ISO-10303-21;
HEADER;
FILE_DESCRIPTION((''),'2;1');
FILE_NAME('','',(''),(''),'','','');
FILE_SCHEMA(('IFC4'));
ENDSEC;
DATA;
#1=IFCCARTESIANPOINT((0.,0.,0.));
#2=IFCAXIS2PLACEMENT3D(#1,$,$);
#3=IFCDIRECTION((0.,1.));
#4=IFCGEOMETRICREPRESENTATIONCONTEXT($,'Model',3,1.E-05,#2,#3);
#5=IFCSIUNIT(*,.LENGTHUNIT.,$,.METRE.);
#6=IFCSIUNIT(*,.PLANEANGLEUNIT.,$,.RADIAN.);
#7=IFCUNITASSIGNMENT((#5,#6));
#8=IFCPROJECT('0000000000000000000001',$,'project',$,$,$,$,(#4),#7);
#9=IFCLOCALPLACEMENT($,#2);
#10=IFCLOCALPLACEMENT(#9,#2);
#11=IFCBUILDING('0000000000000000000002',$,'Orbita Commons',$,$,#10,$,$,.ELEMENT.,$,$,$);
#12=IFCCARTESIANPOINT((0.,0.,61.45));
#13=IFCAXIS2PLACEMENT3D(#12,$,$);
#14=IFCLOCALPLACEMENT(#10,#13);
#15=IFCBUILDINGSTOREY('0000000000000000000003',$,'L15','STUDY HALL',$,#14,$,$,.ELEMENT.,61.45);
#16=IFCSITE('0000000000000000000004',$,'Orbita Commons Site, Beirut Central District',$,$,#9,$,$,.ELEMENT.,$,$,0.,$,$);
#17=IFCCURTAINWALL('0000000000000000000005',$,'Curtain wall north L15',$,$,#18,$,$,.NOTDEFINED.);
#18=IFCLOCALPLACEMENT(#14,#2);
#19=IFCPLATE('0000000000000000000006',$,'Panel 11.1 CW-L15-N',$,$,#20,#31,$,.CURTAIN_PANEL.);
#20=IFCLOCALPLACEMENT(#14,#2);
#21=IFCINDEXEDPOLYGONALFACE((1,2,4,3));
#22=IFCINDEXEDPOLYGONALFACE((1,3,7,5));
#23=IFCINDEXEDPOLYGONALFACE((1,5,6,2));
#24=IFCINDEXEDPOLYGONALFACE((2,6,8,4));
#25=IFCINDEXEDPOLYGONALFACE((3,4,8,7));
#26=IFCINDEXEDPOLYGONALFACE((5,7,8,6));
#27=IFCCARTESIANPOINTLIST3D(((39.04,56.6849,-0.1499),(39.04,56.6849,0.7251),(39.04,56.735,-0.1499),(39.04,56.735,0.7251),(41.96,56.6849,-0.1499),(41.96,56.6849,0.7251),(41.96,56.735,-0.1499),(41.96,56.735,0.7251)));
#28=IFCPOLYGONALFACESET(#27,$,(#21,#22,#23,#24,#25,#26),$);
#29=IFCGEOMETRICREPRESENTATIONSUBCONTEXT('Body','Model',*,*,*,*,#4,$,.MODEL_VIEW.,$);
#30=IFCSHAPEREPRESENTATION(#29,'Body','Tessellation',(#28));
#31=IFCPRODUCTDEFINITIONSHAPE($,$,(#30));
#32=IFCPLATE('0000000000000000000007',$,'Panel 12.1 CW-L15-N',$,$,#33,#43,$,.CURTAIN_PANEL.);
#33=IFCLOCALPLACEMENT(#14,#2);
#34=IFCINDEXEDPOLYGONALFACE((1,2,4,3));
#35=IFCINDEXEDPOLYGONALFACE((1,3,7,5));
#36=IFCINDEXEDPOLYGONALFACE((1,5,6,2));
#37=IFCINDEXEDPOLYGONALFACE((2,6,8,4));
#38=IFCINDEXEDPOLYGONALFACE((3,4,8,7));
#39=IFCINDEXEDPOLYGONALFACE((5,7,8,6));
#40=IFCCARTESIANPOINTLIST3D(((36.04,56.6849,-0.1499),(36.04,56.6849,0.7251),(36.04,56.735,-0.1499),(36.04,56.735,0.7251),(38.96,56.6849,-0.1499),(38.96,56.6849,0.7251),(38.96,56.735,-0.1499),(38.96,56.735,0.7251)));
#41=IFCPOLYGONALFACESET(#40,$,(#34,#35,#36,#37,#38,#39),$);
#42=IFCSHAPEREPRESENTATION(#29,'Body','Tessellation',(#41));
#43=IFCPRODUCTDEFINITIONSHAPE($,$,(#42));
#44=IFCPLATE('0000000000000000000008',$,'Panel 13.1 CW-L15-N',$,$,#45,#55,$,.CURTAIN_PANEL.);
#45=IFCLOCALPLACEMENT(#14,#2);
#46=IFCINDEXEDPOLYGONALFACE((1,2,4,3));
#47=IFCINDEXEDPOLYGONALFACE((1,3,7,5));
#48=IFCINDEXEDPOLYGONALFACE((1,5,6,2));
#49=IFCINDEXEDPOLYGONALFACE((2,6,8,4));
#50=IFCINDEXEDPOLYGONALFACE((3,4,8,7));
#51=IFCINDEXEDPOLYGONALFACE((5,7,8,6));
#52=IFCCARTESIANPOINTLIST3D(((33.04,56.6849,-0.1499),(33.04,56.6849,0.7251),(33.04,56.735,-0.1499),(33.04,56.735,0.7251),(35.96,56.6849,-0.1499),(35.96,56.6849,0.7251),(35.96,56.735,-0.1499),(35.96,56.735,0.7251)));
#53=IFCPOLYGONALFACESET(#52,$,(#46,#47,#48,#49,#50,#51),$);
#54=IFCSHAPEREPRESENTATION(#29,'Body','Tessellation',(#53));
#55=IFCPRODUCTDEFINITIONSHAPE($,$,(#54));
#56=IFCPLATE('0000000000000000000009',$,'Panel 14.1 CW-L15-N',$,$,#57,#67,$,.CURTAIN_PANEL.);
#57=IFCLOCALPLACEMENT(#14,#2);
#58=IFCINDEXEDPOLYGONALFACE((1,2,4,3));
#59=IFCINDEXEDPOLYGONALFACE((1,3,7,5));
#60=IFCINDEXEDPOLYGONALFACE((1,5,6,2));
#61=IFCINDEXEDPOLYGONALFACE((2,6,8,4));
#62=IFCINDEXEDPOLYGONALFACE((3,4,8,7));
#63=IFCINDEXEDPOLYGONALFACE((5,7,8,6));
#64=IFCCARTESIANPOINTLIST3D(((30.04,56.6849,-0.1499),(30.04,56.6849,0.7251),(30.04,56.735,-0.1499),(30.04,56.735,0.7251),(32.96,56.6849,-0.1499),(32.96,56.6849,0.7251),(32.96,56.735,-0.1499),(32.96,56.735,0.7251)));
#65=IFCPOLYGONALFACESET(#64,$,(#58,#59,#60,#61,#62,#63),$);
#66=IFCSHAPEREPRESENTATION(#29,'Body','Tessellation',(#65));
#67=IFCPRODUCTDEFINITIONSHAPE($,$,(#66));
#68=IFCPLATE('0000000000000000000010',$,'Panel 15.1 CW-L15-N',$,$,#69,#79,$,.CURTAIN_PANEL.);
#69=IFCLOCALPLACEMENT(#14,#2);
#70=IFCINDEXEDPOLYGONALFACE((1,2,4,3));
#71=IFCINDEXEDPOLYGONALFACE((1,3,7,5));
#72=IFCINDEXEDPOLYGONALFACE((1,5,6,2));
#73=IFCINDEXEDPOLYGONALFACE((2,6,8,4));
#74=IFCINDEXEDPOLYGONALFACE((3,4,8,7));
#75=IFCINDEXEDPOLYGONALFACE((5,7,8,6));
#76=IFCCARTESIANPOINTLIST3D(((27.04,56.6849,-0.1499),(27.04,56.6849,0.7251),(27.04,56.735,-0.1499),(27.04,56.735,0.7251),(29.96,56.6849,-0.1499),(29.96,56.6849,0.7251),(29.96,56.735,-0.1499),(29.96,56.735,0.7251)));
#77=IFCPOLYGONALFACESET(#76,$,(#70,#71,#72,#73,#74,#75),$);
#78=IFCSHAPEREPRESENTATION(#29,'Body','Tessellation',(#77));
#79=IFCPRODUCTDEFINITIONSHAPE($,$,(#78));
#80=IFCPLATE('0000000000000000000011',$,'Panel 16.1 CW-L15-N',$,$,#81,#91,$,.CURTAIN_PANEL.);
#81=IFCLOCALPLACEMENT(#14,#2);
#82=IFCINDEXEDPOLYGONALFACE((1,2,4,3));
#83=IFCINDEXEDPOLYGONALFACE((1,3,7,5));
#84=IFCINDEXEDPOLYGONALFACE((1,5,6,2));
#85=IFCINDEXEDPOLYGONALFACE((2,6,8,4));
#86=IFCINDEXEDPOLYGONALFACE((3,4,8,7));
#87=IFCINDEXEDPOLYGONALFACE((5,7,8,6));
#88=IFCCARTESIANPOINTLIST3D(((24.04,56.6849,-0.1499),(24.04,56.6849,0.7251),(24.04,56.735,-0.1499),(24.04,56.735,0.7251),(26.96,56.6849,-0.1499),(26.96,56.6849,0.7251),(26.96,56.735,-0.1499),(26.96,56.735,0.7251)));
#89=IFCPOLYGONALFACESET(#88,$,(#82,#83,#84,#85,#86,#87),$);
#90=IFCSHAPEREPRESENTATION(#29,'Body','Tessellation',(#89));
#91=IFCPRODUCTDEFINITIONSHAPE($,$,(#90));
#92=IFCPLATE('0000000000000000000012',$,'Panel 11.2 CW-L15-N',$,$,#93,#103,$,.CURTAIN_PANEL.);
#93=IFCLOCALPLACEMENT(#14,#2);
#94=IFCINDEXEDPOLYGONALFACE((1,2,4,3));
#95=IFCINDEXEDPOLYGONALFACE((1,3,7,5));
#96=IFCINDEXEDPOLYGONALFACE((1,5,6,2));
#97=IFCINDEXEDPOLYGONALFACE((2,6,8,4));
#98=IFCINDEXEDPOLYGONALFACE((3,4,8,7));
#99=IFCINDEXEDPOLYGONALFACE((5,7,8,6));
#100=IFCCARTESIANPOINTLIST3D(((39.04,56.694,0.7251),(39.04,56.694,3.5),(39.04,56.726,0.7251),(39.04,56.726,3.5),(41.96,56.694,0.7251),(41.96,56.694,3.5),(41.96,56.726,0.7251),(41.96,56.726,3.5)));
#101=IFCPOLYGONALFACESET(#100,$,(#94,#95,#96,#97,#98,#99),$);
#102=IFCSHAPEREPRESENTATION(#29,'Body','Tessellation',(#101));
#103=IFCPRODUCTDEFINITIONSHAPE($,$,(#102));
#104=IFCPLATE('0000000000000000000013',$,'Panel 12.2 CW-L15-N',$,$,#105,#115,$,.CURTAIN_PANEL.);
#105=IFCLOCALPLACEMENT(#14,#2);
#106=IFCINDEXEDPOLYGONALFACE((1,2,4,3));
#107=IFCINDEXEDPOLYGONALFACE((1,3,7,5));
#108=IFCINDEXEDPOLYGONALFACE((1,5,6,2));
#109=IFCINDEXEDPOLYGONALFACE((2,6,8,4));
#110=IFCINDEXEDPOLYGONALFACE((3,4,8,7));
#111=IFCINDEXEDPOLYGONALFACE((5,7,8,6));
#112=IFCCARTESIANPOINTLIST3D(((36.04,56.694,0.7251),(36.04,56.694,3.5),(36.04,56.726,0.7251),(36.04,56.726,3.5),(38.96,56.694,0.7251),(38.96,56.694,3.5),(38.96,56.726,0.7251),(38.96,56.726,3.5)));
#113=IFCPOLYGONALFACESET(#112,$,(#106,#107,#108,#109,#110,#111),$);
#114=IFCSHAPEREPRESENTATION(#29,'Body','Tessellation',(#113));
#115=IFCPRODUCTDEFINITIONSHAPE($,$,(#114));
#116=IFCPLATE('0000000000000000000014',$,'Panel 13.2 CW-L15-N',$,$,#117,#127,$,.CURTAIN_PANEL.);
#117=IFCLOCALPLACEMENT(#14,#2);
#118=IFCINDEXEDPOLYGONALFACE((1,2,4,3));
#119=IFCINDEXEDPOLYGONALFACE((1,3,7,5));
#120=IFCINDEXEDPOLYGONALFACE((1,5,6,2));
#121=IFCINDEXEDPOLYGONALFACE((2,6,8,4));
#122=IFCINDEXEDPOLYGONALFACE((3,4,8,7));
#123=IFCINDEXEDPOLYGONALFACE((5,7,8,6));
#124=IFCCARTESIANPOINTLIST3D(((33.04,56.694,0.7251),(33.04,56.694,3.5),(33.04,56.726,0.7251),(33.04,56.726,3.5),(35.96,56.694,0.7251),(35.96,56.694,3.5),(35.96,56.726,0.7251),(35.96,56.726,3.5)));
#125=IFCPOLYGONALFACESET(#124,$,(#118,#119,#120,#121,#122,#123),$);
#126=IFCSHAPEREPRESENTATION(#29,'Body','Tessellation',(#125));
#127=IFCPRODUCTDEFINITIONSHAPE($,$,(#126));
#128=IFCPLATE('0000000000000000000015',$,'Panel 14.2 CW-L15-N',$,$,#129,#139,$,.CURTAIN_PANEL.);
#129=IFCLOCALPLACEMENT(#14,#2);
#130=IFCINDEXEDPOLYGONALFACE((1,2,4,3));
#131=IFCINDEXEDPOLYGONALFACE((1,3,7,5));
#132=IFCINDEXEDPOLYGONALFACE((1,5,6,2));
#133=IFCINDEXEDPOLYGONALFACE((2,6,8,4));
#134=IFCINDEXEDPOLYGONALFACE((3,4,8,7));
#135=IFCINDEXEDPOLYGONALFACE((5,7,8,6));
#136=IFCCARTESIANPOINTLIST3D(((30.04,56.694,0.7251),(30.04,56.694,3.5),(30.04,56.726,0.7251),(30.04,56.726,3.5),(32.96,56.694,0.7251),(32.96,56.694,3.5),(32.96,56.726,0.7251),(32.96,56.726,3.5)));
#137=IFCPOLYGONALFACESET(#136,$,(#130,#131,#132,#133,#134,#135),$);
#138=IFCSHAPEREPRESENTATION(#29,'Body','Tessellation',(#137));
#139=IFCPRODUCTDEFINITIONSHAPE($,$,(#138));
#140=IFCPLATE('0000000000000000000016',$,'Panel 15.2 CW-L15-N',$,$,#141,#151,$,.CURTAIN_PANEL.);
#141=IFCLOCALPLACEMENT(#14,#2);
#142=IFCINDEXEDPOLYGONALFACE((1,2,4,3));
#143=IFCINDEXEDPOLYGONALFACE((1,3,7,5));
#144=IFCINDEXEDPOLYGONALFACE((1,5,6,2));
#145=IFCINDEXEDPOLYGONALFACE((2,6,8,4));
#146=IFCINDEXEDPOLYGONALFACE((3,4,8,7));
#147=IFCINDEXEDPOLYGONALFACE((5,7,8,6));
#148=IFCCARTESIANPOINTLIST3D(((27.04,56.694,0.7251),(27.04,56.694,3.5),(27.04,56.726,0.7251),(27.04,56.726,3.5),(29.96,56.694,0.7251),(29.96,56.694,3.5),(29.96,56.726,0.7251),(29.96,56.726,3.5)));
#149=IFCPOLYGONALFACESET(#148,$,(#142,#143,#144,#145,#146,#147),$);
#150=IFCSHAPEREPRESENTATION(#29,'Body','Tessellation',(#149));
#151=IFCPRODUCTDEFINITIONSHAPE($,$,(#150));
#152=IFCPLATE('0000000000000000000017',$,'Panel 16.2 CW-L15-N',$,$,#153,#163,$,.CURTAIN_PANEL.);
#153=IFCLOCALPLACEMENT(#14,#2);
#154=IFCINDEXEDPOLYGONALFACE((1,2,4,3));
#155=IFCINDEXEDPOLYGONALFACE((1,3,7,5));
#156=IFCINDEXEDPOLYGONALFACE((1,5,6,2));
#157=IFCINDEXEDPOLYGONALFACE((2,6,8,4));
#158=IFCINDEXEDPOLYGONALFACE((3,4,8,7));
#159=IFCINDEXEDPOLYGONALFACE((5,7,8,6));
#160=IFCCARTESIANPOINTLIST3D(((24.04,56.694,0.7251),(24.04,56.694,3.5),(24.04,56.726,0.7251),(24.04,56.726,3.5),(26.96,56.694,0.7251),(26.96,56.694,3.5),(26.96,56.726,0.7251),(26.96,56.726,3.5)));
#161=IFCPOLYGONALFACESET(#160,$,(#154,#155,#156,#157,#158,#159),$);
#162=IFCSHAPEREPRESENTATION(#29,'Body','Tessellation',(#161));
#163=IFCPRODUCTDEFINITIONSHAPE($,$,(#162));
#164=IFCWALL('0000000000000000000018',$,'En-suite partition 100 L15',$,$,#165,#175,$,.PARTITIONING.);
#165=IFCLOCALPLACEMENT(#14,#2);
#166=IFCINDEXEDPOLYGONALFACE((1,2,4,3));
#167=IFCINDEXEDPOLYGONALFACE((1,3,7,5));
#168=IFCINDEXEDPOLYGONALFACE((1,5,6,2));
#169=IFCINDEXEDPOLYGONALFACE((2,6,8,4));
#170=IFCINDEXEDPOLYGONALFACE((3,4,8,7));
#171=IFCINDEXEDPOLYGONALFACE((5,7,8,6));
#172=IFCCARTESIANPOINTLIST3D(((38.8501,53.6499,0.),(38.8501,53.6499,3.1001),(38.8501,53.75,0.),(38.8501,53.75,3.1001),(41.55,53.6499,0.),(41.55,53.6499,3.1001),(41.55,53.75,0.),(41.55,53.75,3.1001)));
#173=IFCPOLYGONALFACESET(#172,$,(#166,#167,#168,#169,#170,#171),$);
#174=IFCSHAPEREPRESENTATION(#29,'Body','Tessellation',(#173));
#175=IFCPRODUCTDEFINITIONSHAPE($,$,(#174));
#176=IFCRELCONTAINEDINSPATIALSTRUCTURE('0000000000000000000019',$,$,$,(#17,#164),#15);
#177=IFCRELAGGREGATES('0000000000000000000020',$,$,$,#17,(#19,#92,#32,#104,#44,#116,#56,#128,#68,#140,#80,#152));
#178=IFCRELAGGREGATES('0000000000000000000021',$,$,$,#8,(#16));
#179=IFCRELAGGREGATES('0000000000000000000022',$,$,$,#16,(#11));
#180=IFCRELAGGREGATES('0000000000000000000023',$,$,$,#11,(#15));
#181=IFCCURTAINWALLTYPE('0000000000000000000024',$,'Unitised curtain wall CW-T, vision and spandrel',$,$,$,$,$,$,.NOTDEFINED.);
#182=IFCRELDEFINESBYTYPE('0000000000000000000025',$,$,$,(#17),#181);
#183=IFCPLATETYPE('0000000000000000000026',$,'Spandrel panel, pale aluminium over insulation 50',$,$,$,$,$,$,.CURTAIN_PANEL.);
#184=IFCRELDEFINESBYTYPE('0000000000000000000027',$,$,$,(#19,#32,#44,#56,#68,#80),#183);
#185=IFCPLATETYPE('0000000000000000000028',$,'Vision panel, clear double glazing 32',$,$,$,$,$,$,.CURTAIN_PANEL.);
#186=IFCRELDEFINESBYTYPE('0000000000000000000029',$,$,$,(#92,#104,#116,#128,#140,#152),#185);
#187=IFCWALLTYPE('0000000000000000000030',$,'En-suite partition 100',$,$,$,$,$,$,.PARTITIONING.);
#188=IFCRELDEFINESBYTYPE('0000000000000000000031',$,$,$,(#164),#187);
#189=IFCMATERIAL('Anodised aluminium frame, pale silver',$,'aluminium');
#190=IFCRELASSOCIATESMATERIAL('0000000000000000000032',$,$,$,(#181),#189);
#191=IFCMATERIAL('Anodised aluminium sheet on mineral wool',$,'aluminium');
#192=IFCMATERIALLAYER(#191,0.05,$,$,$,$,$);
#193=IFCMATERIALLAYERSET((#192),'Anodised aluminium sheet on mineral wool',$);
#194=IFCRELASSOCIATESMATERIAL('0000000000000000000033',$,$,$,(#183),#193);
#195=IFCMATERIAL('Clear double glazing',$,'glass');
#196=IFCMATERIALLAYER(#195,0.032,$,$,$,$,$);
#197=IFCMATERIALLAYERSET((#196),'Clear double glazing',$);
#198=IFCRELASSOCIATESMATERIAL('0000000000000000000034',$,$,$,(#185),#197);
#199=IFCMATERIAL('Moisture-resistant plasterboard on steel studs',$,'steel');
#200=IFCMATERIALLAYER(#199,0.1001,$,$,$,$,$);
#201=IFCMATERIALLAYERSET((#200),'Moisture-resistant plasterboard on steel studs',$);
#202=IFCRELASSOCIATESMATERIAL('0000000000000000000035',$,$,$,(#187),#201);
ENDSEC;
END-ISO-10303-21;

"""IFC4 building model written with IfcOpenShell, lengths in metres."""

from ifc_helpers import new_model, si_unit, direction, frame, origin, origin_2d, place, context, subcontext, project, spatial, polyline, rectangle, outline, extrude, material, layer, layer_set, type_object, element, aggregate, save


model = new_model("IFC4")

# Units and contexts
model_context = context("Model", 3, precision=1e-05, world=origin(), true_north=direction((0.0, 1.0)))
body_context = subcontext(model_context, "Body", "Model", "MODEL_VIEW")
ifc_project = project(units=[si_unit("LENGTHUNIT", "METRE"), si_unit("PLANEANGLEUNIT", "RADIAN")], contexts=[model_context])

# Site, building, storey
site_placement = place(None, origin())
site = spatial("IfcSite", under=ifc_project, at=site_placement, Name="Orbita Commons Site, Beirut Central District", CompositionType="ELEMENT", RefElevation=0.0)
building_placement = place(site_placement, origin())
building = spatial("IfcBuilding", under=site, at=building_placement, Name="Orbita Commons", CompositionType="ELEMENT")
storey_placement = place(building_placement, frame((0.0, 0.0, 61.45)))
storey = spatial("IfcBuildingStorey", under=building, at=storey_placement, Name="L15", Description="STUDY HALL", CompositionType="ELEMENT", Elevation=61.45)

# Curtain wall, plates
ifc_material_1 = material(Name="Anodised aluminium frame, pale silver", Category="aluminium")
curtain_wall_type = type_object("IfcCurtainWallType", Name="Unitised curtain wall CW-T, vision and spandrel", PredefinedType="NOTDEFINED", material=ifc_material_1)
curtain_wall_placement = place(storey_placement, origin())
curtain_wall = element("IfcCurtainWall", 1, at=curtain_wall_placement, inside=storey, type_object=curtain_wall_type, Name="Curtain wall north L15", PredefinedType="NOTDEFINED")
ifc_material_2 = material(Name="Anodised aluminium sheet on mineral wool", Category="aluminium")
ifc_layer_1 = layer(ifc_material_2, 0.05)
ifc_layer_set_1 = layer_set([ifc_layer_1], Name="Anodised aluminium sheet on mineral wool")
plate_type_1 = type_object("IfcPlateType", Name="Spandrel panel, pale aluminium over insulation 50", PredefinedType="CURTAIN_PANEL", material=ifc_layer_set_1)
plate_1_placement = place(storey_placement, frame((40.5, 56.71, -0.1499), z_axis=(0.0, 0.0, 1.0), x_axis=(-1.0, 0.0, 0.0)))
plate_1 = element("IfcPlate", 2, at=plate_1_placement, type_object=plate_type_1, Name="Panel 11.1 CW-L15-N", PredefinedType="CURTAIN_PANEL", context=body_context, shape_type="SweptSolid", body=[
    extrude(rectangle(XDim=2.9199, YDim=0.05, at=origin_2d()), origin(), (0.0, 0.0, 1.0), 0.875),
])
plate_2_placement = place(storey_placement, frame((37.5, 56.71, -0.1499), z_axis=(0.0, 0.0, 1.0), x_axis=(-1.0, 0.0, 0.0)))
plate_2 = element("IfcPlate", 3, at=plate_2_placement, type_object=plate_type_1, Name="Panel 12.1 CW-L15-N", PredefinedType="CURTAIN_PANEL", context=body_context, shape_type="SweptSolid", body=[
    extrude(rectangle(XDim=2.9199, YDim=0.05, at=origin_2d()), origin(), (0.0, 0.0, 1.0), 0.875),
])
plate_3_placement = place(storey_placement, frame((34.5, 56.71, -0.1499), z_axis=(0.0, 0.0, 1.0), x_axis=(-1.0, 0.0, 0.0)))
plate_3 = element("IfcPlate", 4, at=plate_3_placement, type_object=plate_type_1, Name="Panel 13.1 CW-L15-N", PredefinedType="CURTAIN_PANEL", context=body_context, shape_type="SweptSolid", body=[
    extrude(rectangle(XDim=2.9199, YDim=0.05, at=origin_2d()), origin(), (0.0, 0.0, 1.0), 0.875),
])
plate_4_placement = place(storey_placement, frame((31.5, 56.71, -0.1499), z_axis=(0.0, 0.0, 1.0), x_axis=(-1.0, 0.0, 0.0)))
plate_4 = element("IfcPlate", 5, at=plate_4_placement, type_object=plate_type_1, Name="Panel 14.1 CW-L15-N", PredefinedType="CURTAIN_PANEL", context=body_context, shape_type="SweptSolid", body=[
    extrude(rectangle(XDim=2.9199, YDim=0.05, at=origin_2d()), origin(), (0.0, 0.0, 1.0), 0.875),
])
plate_5_placement = place(storey_placement, frame((28.5, 56.71, -0.1499), z_axis=(0.0, 0.0, 1.0), x_axis=(-1.0, 0.0, 0.0)))
plate_5 = element("IfcPlate", 6, at=plate_5_placement, type_object=plate_type_1, Name="Panel 15.1 CW-L15-N", PredefinedType="CURTAIN_PANEL", context=body_context, shape_type="SweptSolid", body=[
    extrude(rectangle(XDim=2.9199, YDim=0.05, at=origin_2d()), origin(), (0.0, 0.0, 1.0), 0.875),
])
plate_6_placement = place(storey_placement, frame((25.5, 56.71, -0.1499), z_axis=(0.0, 0.0, 1.0), x_axis=(-1.0, 0.0, 0.0)))
plate_6 = element("IfcPlate", 7, at=plate_6_placement, type_object=plate_type_1, Name="Panel 16.1 CW-L15-N", PredefinedType="CURTAIN_PANEL", context=body_context, shape_type="SweptSolid", body=[
    extrude(rectangle(XDim=2.9199, YDim=0.05, at=origin_2d()), origin(), (0.0, 0.0, 1.0), 0.875),
])
ifc_material_3 = material(Name="Clear double glazing", Category="glass")
ifc_layer_2 = layer(ifc_material_3, 0.032)
ifc_layer_set_2 = layer_set([ifc_layer_2], Name="Clear double glazing")
plate_type_2 = type_object("IfcPlateType", Name="Vision panel, clear double glazing 32", PredefinedType="CURTAIN_PANEL", material=ifc_layer_set_2)
plate_7_placement = place(storey_placement, frame((40.5, 56.71, 0.7251), z_axis=(0.0, 0.0, 1.0), x_axis=(-1.0, 0.0, 0.0)))
plate_7 = element("IfcPlate", 8, at=plate_7_placement, type_object=plate_type_2, Name="Panel 11.2 CW-L15-N", PredefinedType="CURTAIN_PANEL", context=body_context, shape_type="SweptSolid", body=[
    extrude(rectangle(XDim=2.9199, YDim=0.032, at=origin_2d()), origin(), (0.0, 0.0, 1.0), 2.7749),
])
plate_8_placement = place(storey_placement, frame((37.5, 56.71, 0.7251), z_axis=(0.0, 0.0, 1.0), x_axis=(-1.0, 0.0, 0.0)))
plate_8 = element("IfcPlate", 9, at=plate_8_placement, type_object=plate_type_2, Name="Panel 12.2 CW-L15-N", PredefinedType="CURTAIN_PANEL", context=body_context, shape_type="SweptSolid", body=[
    extrude(rectangle(XDim=2.9199, YDim=0.032, at=origin_2d()), origin(), (0.0, 0.0, 1.0), 2.7749),
])
plate_9_placement = place(storey_placement, frame((34.5, 56.71, 0.7251), z_axis=(0.0, 0.0, 1.0), x_axis=(-1.0, 0.0, 0.0)))
plate_9 = element("IfcPlate", 10, at=plate_9_placement, type_object=plate_type_2, Name="Panel 13.2 CW-L15-N", PredefinedType="CURTAIN_PANEL", context=body_context, shape_type="SweptSolid", body=[
    extrude(rectangle(XDim=2.9199, YDim=0.032, at=origin_2d()), origin(), (0.0, 0.0, 1.0), 2.7749),
])
plate_10_placement = place(storey_placement, frame((31.5, 56.71, 0.7251), z_axis=(0.0, 0.0, 1.0), x_axis=(-1.0, 0.0, 0.0)))
plate_10 = element("IfcPlate", 11, at=plate_10_placement, type_object=plate_type_2, Name="Panel 14.2 CW-L15-N", PredefinedType="CURTAIN_PANEL", context=body_context, shape_type="SweptSolid", body=[
    extrude(rectangle(XDim=2.9199, YDim=0.032, at=origin_2d()), origin(), (0.0, 0.0, 1.0), 2.7749),
])
plate_11_placement = place(storey_placement, frame((28.5, 56.71, 0.7251), z_axis=(0.0, 0.0, 1.0), x_axis=(-1.0, 0.0, 0.0)))
plate_11 = element("IfcPlate", 12, at=plate_11_placement, type_object=plate_type_2, Name="Panel 15.2 CW-L15-N", PredefinedType="CURTAIN_PANEL", context=body_context, shape_type="SweptSolid", body=[
    extrude(rectangle(XDim=2.9199, YDim=0.032, at=origin_2d()), origin(), (0.0, 0.0, 1.0), 2.7749),
])
plate_12_placement = place(storey_placement, frame((25.5, 56.71, 0.7251), z_axis=(0.0, 0.0, 1.0), x_axis=(-1.0, 0.0, 0.0)))
plate_12 = element("IfcPlate", 13, at=plate_12_placement, type_object=plate_type_2, Name="Panel 16.2 CW-L15-N", PredefinedType="CURTAIN_PANEL", context=body_context, shape_type="SweptSolid", body=[
    extrude(rectangle(XDim=2.9199, YDim=0.032, at=origin_2d()), origin(), (0.0, 0.0, 1.0), 2.7749),
])
aggregate(curtain_wall, [plate_1, plate_7, plate_2, plate_8, plate_3, plate_9, plate_4, plate_10, plate_5, plate_11, plate_6, plate_12])

# Wall
ifc_material_4 = material(Name="Moisture-resistant plasterboard on steel studs", Category="steel")
ifc_layer_3 = layer(ifc_material_4, 0.1001)
ifc_layer_set_3 = layer_set([ifc_layer_3], Name="Moisture-resistant plasterboard on steel studs")
wall_type_1 = type_object("IfcWallType", Name="En-suite partition 100", PredefinedType="PARTITIONING", material=ifc_layer_set_3)
wall_1_placement = place(storey_placement, frame((38.8501, 53.7, 0.0), z_axis=(0.0, 0.0, 1.0), x_axis=(1.0, 0.0, 0.0)))
element("IfcWall", 14, at=wall_1_placement, inside=storey, type_object=wall_type_1, Name="En-suite partition 100 L15", PredefinedType="PARTITIONING", context=body_context, shape_type="SweptSolid", body=[
    extrude(outline(polyline([(0.0, 0.0), (2.7, 0.0), (2.7, 3.1001), (0.0, 3.1001), (0.0, 0.0)])), frame((0.0, 0.05, 0.0), z_axis=(0.0, -1.0, 0.0), x_axis=(1.0, 0.0, 0.0)), (0.0, 0.0, 1.0), 0.1001),
])

save(model, "model.ifc")
